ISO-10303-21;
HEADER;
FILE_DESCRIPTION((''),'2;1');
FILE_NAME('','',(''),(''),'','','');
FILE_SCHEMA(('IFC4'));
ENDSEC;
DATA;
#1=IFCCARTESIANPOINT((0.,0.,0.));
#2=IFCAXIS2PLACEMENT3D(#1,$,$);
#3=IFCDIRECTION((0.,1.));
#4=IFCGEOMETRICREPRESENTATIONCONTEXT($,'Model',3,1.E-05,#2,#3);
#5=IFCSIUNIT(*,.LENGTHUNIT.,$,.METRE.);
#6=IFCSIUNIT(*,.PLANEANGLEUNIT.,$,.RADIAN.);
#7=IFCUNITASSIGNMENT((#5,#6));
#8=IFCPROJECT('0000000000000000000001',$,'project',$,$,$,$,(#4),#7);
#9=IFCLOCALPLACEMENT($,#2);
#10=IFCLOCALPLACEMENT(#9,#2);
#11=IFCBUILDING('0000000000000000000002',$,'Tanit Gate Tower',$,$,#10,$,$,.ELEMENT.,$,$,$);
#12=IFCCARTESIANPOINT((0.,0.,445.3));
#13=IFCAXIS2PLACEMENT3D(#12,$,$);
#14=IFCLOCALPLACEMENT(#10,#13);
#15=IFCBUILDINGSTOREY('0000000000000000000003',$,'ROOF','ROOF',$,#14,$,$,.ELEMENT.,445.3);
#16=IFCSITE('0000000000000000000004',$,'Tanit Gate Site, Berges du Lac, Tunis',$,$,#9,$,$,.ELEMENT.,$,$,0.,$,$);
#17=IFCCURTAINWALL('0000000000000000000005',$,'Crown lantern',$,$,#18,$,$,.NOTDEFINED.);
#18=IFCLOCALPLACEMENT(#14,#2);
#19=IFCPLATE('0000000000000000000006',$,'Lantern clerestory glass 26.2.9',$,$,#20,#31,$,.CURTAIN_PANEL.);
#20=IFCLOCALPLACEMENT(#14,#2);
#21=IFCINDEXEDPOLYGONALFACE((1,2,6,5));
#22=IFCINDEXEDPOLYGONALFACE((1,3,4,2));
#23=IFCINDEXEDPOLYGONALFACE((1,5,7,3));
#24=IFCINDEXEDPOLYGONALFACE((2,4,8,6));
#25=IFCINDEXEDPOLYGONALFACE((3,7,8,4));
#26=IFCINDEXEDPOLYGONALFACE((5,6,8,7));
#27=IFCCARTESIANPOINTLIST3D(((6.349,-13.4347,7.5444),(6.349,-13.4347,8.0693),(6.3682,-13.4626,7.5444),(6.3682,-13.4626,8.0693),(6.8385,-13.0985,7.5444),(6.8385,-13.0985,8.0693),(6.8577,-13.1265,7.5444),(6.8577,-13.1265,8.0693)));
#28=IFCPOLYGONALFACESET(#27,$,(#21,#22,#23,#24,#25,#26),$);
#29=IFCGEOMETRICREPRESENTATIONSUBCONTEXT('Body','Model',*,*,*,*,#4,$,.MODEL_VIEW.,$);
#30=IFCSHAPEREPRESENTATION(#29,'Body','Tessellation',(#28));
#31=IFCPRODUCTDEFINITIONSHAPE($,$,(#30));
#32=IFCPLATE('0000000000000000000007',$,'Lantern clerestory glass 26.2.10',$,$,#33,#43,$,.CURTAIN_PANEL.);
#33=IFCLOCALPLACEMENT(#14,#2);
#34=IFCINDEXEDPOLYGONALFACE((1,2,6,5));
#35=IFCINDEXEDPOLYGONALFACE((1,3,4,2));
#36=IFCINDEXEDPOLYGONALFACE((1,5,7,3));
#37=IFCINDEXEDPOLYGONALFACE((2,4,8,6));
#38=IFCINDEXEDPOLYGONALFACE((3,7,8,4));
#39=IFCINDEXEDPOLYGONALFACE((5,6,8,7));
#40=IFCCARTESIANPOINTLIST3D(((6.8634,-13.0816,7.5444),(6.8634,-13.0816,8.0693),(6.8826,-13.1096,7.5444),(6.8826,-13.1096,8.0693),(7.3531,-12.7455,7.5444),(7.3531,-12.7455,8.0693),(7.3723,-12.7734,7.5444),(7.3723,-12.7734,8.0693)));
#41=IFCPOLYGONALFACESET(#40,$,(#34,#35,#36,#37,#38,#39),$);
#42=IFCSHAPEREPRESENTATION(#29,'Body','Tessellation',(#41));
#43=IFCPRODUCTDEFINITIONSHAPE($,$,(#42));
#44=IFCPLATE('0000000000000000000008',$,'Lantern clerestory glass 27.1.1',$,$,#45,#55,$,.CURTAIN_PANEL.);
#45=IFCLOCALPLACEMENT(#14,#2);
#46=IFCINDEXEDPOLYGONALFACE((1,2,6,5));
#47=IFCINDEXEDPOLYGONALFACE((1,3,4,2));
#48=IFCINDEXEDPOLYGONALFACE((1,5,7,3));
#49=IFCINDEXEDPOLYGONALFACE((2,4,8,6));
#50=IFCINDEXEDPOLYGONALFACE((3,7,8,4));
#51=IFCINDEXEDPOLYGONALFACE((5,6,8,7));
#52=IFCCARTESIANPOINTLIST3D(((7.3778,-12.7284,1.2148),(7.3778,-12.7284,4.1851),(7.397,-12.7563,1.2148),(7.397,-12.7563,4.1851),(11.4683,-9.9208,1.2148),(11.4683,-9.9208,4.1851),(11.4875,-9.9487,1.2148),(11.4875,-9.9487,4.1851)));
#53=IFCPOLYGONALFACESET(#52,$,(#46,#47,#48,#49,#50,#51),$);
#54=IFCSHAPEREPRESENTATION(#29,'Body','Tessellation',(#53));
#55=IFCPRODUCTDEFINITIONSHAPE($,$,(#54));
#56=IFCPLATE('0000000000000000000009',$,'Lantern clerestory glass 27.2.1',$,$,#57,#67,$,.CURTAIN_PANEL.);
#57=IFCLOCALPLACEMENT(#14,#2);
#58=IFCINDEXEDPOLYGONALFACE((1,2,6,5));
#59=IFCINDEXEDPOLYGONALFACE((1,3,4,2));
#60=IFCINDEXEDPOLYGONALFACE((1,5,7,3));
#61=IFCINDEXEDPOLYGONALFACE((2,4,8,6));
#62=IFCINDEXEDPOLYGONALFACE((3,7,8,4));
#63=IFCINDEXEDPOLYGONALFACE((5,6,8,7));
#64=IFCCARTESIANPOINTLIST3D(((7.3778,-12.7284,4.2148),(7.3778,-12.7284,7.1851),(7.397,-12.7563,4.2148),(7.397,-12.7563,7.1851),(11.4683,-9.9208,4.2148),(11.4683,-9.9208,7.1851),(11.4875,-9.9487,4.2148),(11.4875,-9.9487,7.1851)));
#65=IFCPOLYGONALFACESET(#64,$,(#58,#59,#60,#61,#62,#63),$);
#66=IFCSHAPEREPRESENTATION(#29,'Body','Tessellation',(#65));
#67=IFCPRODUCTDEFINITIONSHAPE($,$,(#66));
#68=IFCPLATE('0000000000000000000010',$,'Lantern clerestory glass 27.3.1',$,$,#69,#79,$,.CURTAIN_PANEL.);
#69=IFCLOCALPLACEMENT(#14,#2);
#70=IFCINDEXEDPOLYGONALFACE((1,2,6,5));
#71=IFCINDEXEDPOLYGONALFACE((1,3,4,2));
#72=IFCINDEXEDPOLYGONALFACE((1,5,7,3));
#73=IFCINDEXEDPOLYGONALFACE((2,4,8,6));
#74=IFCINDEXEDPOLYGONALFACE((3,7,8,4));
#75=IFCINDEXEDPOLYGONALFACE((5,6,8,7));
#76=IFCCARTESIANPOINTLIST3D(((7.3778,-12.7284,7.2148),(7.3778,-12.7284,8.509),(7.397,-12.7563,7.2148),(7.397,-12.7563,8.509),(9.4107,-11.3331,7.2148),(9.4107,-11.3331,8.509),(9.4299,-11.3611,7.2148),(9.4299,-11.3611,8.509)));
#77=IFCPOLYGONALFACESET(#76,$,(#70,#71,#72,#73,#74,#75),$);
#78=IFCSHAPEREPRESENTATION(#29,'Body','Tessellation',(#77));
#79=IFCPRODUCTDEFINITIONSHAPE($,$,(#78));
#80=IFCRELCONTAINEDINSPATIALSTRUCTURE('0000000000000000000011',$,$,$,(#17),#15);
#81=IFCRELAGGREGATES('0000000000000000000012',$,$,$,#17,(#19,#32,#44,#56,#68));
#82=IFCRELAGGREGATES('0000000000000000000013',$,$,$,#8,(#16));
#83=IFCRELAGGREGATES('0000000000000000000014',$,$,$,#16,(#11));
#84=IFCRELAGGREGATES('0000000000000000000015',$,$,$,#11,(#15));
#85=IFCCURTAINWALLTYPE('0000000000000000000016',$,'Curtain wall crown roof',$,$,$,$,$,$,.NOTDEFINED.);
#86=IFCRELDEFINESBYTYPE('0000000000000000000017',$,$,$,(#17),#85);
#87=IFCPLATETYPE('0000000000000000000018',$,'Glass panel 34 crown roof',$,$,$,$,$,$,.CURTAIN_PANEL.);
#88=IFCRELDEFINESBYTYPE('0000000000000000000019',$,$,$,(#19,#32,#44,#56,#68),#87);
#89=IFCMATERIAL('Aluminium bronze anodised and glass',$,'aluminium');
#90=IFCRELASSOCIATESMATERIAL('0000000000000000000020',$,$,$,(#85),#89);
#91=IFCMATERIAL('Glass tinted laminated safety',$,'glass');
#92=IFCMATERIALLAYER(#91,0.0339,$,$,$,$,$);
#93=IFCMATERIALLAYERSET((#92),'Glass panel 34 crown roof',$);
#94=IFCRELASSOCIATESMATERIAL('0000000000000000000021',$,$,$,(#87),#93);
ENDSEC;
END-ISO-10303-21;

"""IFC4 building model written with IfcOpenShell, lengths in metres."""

from ifc_helpers import new_model, si_unit, direction, frame, origin, place, context, subcontext, project, spatial, polyline, outline, extrude, material, layer, layer_set, type_object, element, aggregate, save


model = new_model("IFC4")

# Units and contexts
model_context = context("Model", 3, precision=1e-05, world=origin(), true_north=direction((0.0, 1.0)))
body_context = subcontext(model_context, "Body", "Model", "MODEL_VIEW")
ifc_project = project(units=[si_unit("LENGTHUNIT", "METRE"), si_unit("PLANEANGLEUNIT", "RADIAN")], contexts=[model_context])

# Site, building, storey
site_placement = place(None, origin())
site = spatial("IfcSite", under=ifc_project, at=site_placement, Name="Tanit Gate Site, Berges du Lac, Tunis", CompositionType="ELEMENT", RefElevation=0.0)
building_placement = place(site_placement, origin())
building = spatial("IfcBuilding", under=site, at=building_placement, Name="Tanit Gate Tower", CompositionType="ELEMENT")
storey_placement = place(building_placement, frame((0.0, 0.0, 445.3)))
storey = spatial("IfcBuildingStorey", under=building, at=storey_placement, Name="ROOF", Description="ROOF", CompositionType="ELEMENT", Elevation=445.3)

# Curtain wall, plates
ifc_material_1 = material(Name="Aluminium bronze anodised and glass", Category="aluminium")
curtain_wall_type = type_object("IfcCurtainWallType", Name="Curtain wall crown roof", PredefinedType="NOTDEFINED", material=ifc_material_1)
curtain_wall_placement = place(storey_placement, origin())
curtain_wall = element("IfcCurtainWall", 1, at=curtain_wall_placement, inside=storey, type_object=curtain_wall_type, Name="Crown lantern", PredefinedType="NOTDEFINED")
ifc_material_2 = material(Name="Glass tinted laminated safety", Category="glass")
ifc_layer = layer(ifc_material_2, 0.0339)
ifc_layer_set = layer_set([ifc_layer], Name="Glass panel 34 crown roof")
plate_type = type_object("IfcPlateType", Name="Glass panel 34 crown roof", PredefinedType="CURTAIN_PANEL", material=ifc_layer_set)
plate_1_placement = place(storey_placement, frame((6.3682, -13.4626, 7.5444), z_axis=(0.566127, -0.824318, 0.0), x_axis=(0.824318, 0.566127, 0.0)))
plate_1 = element("IfcPlate", 2, at=plate_1_placement, type_object=plate_type, Name="Lantern clerestory glass 26.2.9", PredefinedType="CURTAIN_PANEL", context=body_context, shape_type="SweptSolid", body=[
    extrude(outline(polyline([(0.0, 0.0), (0.5938, 0.0), (0.5938, 0.5249), (0.0, 0.5249), (0.0, 0.0)])), origin(), (0.0, 0.0, -1.0), 0.0339),
])
plate_2_placement = place(storey_placement, frame((6.8826, -13.1096, 7.5444), z_axis=(0.565936, -0.824449, 0.0), x_axis=(0.824449, 0.565936, 0.0)))
plate_2 = element("IfcPlate", 3, at=plate_2_placement, type_object=plate_type, Name="Lantern clerestory glass 26.2.10", PredefinedType="CURTAIN_PANEL", context=body_context, shape_type="SweptSolid", body=[
    extrude(outline(polyline([(0.0, 0.0), (0.594, 0.0), (0.594, 0.5249), (0.0, 0.5249), (0.0, 0.0)])), origin(), (0.0, 0.0, -1.0), 0.0339),
])
plate_3_placement = place(storey_placement, frame((7.397, -12.7563, 1.2148), z_axis=(0.565892, -0.82448, 0.0), x_axis=(0.82448, 0.565892, 0.0)))
plate_3 = element("IfcPlate", 4, at=plate_3_placement, type_object=plate_type, Name="Lantern clerestory glass 27.1.1", PredefinedType="CURTAIN_PANEL", context=body_context, shape_type="SweptSolid", body=[
    extrude(outline(polyline([(0.0, 0.0), (4.9614, 0.0), (4.9614, 2.9702), (0.0, 2.9702), (0.0, 0.0)])), origin(), (0.0, 0.0, -1.0), 0.0339),
])
plate_4_placement = place(storey_placement, frame((7.397, -12.7563, 4.2148), z_axis=(0.565892, -0.82448, 0.0), x_axis=(0.82448, 0.565892, 0.0)))
plate_4 = element("IfcPlate", 5, at=plate_4_placement, type_object=plate_type, Name="Lantern clerestory glass 27.2.1", PredefinedType="CURTAIN_PANEL", context=body_context, shape_type="SweptSolid", body=[
    extrude(outline(polyline([(0.0, 0.0), (4.9614, 0.0), (4.9614, 2.9702), (0.0, 2.9702), (0.0, 0.0)])), origin(), (0.0, 0.0, -1.0), 0.0339),
])
plate_5_placement = place(storey_placement, frame((7.397, -12.7563, 7.2148), z_axis=(0.565869, -0.824495, 0.0), x_axis=(0.824495, 0.565869, 0.0)))
plate_5 = element("IfcPlate", 6, at=plate_5_placement, type_object=plate_type, Name="Lantern clerestory glass 27.3.1", PredefinedType="CURTAIN_PANEL", context=body_context, shape_type="SweptSolid", body=[
    extrude(outline(polyline([(0.0, 0.0), (2.4657, 0.0), (2.4657, 1.2942), (0.0, 1.2942), (0.0, 0.0)])), origin(), (0.0, 0.0, -1.0), 0.0339),
])
aggregate(curtain_wall, [plate_1, plate_2, plate_3, plate_4, plate_5])

save(model, "model.ifc")
